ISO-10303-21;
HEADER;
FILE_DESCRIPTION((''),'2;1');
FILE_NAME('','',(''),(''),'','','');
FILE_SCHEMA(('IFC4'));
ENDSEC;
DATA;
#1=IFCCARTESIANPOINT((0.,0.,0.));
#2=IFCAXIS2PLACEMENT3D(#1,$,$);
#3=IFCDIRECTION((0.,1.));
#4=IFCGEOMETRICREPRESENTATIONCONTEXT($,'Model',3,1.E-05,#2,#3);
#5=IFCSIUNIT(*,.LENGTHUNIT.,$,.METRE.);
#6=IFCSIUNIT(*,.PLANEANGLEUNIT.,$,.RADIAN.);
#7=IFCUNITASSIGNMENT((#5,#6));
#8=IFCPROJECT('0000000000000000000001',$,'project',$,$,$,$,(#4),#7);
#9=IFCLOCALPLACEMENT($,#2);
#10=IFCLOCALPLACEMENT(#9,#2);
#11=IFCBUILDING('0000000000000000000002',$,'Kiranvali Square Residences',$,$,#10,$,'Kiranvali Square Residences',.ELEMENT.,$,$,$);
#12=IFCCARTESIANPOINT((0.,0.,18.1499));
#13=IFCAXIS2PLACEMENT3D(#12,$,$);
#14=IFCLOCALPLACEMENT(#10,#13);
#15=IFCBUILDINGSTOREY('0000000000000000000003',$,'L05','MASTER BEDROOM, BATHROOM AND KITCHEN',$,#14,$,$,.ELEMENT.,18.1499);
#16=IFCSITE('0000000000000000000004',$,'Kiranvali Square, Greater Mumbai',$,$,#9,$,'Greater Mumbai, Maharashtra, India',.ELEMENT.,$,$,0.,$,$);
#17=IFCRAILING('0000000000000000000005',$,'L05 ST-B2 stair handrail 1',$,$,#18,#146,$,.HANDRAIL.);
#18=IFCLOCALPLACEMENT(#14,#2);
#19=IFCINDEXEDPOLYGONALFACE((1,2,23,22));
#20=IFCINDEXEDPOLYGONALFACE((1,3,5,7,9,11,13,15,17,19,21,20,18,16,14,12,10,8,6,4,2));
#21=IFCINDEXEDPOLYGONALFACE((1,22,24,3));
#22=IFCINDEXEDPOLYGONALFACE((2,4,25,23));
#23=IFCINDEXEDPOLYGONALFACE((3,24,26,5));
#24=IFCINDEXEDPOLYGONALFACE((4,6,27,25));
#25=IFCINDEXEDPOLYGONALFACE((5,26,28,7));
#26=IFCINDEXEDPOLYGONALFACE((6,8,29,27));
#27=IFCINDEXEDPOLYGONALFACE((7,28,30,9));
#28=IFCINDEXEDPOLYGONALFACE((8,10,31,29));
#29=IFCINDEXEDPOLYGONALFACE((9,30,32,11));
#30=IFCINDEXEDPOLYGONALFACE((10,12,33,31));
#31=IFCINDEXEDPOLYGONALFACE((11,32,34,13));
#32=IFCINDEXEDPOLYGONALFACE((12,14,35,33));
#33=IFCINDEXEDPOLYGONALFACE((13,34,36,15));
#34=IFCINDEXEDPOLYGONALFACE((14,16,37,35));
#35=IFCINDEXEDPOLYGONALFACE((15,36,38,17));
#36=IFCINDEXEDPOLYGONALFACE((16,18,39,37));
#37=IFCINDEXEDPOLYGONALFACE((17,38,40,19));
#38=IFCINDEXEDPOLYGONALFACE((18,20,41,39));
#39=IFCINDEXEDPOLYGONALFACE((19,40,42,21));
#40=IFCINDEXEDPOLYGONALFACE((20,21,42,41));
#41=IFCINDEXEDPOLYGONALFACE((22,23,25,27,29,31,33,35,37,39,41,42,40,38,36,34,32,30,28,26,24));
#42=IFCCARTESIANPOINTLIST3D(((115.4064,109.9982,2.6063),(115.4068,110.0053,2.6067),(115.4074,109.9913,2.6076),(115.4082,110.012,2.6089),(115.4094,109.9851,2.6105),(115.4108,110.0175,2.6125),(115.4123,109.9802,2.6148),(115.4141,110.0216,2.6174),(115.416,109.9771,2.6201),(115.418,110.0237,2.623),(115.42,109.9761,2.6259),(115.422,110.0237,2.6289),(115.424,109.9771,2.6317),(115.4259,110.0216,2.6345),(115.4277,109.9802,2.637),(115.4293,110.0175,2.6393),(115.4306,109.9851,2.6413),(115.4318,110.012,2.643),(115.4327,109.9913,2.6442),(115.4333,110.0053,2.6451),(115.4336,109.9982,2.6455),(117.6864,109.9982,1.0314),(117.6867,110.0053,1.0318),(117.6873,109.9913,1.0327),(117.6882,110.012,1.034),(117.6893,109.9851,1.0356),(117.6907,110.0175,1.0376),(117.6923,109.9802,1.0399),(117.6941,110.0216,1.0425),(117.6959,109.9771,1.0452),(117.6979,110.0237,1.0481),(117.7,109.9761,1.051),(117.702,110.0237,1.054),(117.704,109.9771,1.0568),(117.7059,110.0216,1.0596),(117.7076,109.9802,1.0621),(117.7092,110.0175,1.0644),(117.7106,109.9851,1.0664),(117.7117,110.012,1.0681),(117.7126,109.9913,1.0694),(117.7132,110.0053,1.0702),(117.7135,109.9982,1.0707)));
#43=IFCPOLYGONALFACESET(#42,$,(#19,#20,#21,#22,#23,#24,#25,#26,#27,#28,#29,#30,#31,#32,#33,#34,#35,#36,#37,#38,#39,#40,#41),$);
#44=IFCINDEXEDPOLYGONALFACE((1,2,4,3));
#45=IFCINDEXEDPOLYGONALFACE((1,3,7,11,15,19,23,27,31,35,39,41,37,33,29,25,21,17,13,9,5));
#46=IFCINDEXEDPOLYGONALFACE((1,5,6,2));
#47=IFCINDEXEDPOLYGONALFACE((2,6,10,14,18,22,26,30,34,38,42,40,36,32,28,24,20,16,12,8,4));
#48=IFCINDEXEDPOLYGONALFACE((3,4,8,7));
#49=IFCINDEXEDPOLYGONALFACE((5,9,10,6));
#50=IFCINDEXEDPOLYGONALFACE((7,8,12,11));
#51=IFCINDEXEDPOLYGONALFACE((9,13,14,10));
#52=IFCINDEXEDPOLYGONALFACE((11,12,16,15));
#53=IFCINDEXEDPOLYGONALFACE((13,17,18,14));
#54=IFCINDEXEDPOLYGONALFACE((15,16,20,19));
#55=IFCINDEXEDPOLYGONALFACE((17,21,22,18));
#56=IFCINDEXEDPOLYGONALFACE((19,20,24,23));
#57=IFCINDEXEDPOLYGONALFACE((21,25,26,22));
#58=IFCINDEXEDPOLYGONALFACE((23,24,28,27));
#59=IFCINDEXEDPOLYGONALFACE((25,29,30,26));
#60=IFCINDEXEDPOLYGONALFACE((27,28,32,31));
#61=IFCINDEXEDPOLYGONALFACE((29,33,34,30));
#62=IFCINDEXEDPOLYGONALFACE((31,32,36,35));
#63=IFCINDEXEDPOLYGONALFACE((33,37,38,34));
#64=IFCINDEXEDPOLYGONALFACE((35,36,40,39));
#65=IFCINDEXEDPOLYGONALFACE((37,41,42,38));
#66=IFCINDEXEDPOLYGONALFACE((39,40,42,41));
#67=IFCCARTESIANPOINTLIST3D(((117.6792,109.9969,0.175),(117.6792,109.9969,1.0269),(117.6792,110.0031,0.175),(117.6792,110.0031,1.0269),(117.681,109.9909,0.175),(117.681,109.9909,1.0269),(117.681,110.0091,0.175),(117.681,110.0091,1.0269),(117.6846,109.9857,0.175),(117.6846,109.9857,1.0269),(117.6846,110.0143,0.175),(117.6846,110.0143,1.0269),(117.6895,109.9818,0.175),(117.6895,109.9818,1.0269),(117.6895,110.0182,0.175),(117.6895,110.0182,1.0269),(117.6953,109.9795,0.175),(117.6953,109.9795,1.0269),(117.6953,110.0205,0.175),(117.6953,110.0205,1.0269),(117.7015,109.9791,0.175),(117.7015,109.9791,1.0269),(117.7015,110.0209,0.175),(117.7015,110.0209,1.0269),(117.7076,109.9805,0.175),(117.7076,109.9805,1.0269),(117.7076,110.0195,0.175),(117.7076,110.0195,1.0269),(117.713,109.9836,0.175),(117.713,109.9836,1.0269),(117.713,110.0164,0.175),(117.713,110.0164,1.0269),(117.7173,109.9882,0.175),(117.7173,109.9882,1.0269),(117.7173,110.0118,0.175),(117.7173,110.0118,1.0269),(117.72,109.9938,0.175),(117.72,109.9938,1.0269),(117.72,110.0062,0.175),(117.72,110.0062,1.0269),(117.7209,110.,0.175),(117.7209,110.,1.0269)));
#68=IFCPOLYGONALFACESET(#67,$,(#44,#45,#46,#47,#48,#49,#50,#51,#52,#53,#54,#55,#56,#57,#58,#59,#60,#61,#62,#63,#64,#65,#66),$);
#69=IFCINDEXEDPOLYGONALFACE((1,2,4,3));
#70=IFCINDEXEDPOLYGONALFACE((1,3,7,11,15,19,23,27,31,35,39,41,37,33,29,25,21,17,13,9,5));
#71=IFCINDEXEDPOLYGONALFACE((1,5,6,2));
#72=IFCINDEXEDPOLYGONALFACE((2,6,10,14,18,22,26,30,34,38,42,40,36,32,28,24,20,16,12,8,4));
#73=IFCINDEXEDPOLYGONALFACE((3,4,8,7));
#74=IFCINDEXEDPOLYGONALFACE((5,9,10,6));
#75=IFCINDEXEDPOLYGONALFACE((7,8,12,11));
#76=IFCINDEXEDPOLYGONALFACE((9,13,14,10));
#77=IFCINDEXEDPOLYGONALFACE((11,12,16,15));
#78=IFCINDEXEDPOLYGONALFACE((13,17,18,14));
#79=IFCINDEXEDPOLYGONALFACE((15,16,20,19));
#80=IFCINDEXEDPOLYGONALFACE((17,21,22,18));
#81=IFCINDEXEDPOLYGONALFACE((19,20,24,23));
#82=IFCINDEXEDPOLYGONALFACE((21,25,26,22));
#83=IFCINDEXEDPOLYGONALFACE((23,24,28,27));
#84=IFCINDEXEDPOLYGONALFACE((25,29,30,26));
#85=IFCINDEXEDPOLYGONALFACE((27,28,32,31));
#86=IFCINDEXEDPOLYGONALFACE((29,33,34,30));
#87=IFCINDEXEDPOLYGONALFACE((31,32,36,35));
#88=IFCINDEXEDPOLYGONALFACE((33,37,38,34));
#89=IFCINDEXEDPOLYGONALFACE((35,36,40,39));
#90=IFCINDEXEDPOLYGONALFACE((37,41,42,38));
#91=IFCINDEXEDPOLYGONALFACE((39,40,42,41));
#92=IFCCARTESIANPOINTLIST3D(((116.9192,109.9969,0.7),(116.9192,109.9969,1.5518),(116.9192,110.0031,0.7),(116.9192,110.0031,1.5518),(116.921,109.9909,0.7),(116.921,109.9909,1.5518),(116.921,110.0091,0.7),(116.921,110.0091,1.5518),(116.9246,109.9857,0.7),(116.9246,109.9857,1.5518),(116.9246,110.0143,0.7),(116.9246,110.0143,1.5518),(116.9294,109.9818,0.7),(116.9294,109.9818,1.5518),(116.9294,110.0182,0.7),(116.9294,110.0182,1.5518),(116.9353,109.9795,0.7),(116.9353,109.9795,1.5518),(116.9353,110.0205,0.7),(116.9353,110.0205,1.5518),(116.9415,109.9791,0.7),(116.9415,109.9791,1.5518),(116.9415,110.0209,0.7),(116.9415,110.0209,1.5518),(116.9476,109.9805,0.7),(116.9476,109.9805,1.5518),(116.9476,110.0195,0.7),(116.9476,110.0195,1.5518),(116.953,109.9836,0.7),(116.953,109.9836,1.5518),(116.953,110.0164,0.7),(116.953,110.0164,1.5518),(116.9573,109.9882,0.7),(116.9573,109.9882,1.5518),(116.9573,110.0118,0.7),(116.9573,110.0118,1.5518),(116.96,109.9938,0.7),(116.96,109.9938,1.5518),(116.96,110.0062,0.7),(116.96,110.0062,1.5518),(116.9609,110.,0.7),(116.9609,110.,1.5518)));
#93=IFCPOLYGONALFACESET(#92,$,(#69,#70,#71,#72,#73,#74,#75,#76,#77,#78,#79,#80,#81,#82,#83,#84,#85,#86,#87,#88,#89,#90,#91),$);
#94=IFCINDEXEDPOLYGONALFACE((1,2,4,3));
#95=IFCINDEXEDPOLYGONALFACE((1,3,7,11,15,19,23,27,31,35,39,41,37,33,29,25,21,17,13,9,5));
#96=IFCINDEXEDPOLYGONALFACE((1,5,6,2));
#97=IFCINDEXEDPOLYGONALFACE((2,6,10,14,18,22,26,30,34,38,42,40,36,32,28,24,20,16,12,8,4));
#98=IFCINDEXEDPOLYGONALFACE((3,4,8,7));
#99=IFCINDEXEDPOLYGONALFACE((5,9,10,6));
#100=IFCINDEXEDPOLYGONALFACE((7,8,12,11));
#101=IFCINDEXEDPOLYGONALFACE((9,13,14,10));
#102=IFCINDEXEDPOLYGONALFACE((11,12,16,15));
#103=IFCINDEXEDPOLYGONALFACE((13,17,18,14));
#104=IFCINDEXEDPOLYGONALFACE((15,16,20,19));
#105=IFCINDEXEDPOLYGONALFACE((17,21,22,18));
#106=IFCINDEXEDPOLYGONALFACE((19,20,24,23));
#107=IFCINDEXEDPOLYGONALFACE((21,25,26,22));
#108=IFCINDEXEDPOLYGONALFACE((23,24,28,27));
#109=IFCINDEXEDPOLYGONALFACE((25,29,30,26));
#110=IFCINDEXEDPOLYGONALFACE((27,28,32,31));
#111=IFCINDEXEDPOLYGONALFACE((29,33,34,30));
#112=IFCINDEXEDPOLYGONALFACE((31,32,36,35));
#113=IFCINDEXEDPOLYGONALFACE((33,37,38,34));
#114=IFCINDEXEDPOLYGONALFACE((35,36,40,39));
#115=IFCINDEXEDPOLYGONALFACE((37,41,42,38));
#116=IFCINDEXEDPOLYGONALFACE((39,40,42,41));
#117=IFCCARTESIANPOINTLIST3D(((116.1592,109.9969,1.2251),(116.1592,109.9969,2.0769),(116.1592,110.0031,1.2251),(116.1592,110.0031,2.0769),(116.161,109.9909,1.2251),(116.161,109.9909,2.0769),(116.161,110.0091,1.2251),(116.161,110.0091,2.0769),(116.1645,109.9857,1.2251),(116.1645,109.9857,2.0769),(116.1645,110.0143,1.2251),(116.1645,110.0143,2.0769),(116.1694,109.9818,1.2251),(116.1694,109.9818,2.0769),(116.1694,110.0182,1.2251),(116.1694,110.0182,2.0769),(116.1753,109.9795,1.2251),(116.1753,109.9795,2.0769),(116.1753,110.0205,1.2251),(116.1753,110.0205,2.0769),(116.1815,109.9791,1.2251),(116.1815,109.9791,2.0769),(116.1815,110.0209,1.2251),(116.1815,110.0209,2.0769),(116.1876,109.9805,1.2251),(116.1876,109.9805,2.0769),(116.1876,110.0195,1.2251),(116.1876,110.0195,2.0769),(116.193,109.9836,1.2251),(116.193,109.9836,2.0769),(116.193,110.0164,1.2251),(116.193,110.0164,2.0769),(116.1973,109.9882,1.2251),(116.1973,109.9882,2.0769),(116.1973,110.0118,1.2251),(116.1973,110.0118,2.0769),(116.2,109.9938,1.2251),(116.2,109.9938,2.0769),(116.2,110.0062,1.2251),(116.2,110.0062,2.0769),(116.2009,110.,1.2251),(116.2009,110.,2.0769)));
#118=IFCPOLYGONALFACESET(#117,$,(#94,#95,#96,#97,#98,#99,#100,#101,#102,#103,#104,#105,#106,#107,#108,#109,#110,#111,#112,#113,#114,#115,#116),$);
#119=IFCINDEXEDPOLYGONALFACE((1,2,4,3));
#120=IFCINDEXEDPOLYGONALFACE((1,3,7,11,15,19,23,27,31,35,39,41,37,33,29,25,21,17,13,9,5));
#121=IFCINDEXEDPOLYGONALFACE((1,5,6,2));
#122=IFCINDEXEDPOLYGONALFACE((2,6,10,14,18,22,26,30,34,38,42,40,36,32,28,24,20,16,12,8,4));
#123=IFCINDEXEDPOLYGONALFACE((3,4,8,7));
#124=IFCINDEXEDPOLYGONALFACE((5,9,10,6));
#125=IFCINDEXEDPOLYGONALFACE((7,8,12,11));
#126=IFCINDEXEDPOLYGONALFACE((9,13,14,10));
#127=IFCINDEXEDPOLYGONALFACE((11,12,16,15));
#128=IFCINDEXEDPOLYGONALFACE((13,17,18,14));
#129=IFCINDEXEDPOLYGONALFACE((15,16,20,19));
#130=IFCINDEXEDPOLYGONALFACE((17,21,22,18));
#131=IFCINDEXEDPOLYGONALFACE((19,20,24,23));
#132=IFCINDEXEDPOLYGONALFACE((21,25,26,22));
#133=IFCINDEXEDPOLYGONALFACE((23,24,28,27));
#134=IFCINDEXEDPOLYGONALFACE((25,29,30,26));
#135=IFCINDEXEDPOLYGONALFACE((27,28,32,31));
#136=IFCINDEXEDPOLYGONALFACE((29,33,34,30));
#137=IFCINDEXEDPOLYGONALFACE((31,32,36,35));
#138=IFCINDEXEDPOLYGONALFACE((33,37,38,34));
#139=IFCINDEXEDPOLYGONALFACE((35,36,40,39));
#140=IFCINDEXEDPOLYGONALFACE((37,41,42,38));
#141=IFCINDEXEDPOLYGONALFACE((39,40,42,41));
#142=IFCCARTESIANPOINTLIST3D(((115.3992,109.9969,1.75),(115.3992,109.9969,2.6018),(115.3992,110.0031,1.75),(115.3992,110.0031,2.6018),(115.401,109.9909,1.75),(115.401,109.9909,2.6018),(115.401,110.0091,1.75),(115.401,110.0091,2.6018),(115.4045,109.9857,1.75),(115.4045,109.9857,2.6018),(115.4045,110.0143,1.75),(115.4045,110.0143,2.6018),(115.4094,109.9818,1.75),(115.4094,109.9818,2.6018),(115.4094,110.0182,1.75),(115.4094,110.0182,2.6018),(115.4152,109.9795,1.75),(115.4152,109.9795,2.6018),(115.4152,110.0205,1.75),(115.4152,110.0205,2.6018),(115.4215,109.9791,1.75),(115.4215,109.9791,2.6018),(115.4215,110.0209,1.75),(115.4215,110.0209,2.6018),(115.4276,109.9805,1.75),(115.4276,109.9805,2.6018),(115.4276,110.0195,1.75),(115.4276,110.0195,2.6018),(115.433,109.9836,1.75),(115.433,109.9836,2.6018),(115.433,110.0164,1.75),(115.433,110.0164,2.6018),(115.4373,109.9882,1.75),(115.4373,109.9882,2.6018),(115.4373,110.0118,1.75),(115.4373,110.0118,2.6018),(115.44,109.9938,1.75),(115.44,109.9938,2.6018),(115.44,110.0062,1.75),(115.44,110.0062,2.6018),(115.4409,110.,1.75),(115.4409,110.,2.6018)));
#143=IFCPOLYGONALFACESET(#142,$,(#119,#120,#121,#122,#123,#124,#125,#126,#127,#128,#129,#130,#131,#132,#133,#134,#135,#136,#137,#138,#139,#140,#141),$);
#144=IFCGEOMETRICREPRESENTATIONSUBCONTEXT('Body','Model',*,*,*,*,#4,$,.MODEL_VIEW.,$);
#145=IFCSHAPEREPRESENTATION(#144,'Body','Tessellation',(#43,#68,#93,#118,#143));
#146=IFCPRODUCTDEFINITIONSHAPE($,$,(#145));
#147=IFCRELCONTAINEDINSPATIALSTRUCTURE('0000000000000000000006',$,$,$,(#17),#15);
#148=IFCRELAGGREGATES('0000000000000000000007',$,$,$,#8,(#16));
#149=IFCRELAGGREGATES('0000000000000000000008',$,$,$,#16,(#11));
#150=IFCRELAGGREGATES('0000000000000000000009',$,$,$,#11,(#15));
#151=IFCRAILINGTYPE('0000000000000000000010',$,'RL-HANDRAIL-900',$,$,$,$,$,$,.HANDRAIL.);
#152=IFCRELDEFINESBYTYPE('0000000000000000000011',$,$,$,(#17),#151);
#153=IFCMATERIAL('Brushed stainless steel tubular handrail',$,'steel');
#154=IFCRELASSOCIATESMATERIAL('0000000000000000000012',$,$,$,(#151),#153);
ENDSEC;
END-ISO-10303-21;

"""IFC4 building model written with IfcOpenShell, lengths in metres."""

from ifc_helpers import new_model, si_unit, direction, frame, origin, origin_2d, place, context, subcontext, project, spatial, circle, extrude, material, type_object, element, save


model = new_model("IFC4")

# Units and contexts
model_context = context("Model", 3, precision=1e-05, world=origin(), true_north=direction((0.0, 1.0)))
body_context = subcontext(model_context, "Body", "Model", "MODEL_VIEW")
ifc_project = project(units=[si_unit("LENGTHUNIT", "METRE"), si_unit("PLANEANGLEUNIT", "RADIAN")], contexts=[model_context])

# Site, building, storey
site_placement = place(None, origin())
site = spatial("IfcSite", under=ifc_project, at=site_placement, Name="Kiranvali Square, Greater Mumbai", LongName="Greater Mumbai, Maharashtra, India", CompositionType="ELEMENT", RefElevation=0.0)
building_placement = place(site_placement, origin())
building = spatial("IfcBuilding", under=site, at=building_placement, Name="Kiranvali Square Residences", LongName="Kiranvali Square Residences", CompositionType="ELEMENT")
storey_placement = place(building_placement, frame((0.0, 0.0, 18.1499)))
storey = spatial("IfcBuildingStorey", under=building, at=storey_placement, Name="L05", Description="MASTER BEDROOM, BATHROOM AND KITCHEN", CompositionType="ELEMENT", Elevation=18.1499)

# Railing
ifc_material_1 = material(Name="Brushed stainless steel tubular handrail", Category="steel")
railing_type_1 = type_object("IfcRailingType", Name="RL-HANDRAIL-900", PredefinedType="HANDRAIL", material=ifc_material_1)
railing_1_placement = place(storey_placement, frame((117.7, 110.0, 0.175)))
element("IfcRailing", 1, at=railing_1_placement, inside=storey, type_object=railing_type_1, Name="L05 ST-B2 stair handrail 1", PredefinedType="HANDRAIL", context=body_context, shape_type="SweptSolid", body=[
    extrude(circle(Radius=0.0239, at=origin_2d()), frame((0.0, 0.0, 0.876), z_axis=(-0.822788, 0.0, 0.568348), x_axis=(0.0, -1.0, 0.0)), (0.0, 0.0, 1.0), 2.771),
    extrude(circle(Radius=0.021, at=origin_2d()), origin(), (0.0, 0.0, 1.0), 0.8518),
    extrude(circle(Radius=0.021, at=origin_2d()), frame((-0.76, 0.0, 0.5249)), (0.0, 0.0, 1.0), 0.8518),
    extrude(circle(Radius=0.021, at=origin_2d()), frame((-1.52, 0.0, 1.05)), (0.0, 0.0, 1.0), 0.8518),
    extrude(circle(Radius=0.021, at=origin_2d()), frame((-2.28, 0.0, 1.575)), (0.0, 0.0, 1.0), 0.8518),
])

save(model, "model.ifc")
